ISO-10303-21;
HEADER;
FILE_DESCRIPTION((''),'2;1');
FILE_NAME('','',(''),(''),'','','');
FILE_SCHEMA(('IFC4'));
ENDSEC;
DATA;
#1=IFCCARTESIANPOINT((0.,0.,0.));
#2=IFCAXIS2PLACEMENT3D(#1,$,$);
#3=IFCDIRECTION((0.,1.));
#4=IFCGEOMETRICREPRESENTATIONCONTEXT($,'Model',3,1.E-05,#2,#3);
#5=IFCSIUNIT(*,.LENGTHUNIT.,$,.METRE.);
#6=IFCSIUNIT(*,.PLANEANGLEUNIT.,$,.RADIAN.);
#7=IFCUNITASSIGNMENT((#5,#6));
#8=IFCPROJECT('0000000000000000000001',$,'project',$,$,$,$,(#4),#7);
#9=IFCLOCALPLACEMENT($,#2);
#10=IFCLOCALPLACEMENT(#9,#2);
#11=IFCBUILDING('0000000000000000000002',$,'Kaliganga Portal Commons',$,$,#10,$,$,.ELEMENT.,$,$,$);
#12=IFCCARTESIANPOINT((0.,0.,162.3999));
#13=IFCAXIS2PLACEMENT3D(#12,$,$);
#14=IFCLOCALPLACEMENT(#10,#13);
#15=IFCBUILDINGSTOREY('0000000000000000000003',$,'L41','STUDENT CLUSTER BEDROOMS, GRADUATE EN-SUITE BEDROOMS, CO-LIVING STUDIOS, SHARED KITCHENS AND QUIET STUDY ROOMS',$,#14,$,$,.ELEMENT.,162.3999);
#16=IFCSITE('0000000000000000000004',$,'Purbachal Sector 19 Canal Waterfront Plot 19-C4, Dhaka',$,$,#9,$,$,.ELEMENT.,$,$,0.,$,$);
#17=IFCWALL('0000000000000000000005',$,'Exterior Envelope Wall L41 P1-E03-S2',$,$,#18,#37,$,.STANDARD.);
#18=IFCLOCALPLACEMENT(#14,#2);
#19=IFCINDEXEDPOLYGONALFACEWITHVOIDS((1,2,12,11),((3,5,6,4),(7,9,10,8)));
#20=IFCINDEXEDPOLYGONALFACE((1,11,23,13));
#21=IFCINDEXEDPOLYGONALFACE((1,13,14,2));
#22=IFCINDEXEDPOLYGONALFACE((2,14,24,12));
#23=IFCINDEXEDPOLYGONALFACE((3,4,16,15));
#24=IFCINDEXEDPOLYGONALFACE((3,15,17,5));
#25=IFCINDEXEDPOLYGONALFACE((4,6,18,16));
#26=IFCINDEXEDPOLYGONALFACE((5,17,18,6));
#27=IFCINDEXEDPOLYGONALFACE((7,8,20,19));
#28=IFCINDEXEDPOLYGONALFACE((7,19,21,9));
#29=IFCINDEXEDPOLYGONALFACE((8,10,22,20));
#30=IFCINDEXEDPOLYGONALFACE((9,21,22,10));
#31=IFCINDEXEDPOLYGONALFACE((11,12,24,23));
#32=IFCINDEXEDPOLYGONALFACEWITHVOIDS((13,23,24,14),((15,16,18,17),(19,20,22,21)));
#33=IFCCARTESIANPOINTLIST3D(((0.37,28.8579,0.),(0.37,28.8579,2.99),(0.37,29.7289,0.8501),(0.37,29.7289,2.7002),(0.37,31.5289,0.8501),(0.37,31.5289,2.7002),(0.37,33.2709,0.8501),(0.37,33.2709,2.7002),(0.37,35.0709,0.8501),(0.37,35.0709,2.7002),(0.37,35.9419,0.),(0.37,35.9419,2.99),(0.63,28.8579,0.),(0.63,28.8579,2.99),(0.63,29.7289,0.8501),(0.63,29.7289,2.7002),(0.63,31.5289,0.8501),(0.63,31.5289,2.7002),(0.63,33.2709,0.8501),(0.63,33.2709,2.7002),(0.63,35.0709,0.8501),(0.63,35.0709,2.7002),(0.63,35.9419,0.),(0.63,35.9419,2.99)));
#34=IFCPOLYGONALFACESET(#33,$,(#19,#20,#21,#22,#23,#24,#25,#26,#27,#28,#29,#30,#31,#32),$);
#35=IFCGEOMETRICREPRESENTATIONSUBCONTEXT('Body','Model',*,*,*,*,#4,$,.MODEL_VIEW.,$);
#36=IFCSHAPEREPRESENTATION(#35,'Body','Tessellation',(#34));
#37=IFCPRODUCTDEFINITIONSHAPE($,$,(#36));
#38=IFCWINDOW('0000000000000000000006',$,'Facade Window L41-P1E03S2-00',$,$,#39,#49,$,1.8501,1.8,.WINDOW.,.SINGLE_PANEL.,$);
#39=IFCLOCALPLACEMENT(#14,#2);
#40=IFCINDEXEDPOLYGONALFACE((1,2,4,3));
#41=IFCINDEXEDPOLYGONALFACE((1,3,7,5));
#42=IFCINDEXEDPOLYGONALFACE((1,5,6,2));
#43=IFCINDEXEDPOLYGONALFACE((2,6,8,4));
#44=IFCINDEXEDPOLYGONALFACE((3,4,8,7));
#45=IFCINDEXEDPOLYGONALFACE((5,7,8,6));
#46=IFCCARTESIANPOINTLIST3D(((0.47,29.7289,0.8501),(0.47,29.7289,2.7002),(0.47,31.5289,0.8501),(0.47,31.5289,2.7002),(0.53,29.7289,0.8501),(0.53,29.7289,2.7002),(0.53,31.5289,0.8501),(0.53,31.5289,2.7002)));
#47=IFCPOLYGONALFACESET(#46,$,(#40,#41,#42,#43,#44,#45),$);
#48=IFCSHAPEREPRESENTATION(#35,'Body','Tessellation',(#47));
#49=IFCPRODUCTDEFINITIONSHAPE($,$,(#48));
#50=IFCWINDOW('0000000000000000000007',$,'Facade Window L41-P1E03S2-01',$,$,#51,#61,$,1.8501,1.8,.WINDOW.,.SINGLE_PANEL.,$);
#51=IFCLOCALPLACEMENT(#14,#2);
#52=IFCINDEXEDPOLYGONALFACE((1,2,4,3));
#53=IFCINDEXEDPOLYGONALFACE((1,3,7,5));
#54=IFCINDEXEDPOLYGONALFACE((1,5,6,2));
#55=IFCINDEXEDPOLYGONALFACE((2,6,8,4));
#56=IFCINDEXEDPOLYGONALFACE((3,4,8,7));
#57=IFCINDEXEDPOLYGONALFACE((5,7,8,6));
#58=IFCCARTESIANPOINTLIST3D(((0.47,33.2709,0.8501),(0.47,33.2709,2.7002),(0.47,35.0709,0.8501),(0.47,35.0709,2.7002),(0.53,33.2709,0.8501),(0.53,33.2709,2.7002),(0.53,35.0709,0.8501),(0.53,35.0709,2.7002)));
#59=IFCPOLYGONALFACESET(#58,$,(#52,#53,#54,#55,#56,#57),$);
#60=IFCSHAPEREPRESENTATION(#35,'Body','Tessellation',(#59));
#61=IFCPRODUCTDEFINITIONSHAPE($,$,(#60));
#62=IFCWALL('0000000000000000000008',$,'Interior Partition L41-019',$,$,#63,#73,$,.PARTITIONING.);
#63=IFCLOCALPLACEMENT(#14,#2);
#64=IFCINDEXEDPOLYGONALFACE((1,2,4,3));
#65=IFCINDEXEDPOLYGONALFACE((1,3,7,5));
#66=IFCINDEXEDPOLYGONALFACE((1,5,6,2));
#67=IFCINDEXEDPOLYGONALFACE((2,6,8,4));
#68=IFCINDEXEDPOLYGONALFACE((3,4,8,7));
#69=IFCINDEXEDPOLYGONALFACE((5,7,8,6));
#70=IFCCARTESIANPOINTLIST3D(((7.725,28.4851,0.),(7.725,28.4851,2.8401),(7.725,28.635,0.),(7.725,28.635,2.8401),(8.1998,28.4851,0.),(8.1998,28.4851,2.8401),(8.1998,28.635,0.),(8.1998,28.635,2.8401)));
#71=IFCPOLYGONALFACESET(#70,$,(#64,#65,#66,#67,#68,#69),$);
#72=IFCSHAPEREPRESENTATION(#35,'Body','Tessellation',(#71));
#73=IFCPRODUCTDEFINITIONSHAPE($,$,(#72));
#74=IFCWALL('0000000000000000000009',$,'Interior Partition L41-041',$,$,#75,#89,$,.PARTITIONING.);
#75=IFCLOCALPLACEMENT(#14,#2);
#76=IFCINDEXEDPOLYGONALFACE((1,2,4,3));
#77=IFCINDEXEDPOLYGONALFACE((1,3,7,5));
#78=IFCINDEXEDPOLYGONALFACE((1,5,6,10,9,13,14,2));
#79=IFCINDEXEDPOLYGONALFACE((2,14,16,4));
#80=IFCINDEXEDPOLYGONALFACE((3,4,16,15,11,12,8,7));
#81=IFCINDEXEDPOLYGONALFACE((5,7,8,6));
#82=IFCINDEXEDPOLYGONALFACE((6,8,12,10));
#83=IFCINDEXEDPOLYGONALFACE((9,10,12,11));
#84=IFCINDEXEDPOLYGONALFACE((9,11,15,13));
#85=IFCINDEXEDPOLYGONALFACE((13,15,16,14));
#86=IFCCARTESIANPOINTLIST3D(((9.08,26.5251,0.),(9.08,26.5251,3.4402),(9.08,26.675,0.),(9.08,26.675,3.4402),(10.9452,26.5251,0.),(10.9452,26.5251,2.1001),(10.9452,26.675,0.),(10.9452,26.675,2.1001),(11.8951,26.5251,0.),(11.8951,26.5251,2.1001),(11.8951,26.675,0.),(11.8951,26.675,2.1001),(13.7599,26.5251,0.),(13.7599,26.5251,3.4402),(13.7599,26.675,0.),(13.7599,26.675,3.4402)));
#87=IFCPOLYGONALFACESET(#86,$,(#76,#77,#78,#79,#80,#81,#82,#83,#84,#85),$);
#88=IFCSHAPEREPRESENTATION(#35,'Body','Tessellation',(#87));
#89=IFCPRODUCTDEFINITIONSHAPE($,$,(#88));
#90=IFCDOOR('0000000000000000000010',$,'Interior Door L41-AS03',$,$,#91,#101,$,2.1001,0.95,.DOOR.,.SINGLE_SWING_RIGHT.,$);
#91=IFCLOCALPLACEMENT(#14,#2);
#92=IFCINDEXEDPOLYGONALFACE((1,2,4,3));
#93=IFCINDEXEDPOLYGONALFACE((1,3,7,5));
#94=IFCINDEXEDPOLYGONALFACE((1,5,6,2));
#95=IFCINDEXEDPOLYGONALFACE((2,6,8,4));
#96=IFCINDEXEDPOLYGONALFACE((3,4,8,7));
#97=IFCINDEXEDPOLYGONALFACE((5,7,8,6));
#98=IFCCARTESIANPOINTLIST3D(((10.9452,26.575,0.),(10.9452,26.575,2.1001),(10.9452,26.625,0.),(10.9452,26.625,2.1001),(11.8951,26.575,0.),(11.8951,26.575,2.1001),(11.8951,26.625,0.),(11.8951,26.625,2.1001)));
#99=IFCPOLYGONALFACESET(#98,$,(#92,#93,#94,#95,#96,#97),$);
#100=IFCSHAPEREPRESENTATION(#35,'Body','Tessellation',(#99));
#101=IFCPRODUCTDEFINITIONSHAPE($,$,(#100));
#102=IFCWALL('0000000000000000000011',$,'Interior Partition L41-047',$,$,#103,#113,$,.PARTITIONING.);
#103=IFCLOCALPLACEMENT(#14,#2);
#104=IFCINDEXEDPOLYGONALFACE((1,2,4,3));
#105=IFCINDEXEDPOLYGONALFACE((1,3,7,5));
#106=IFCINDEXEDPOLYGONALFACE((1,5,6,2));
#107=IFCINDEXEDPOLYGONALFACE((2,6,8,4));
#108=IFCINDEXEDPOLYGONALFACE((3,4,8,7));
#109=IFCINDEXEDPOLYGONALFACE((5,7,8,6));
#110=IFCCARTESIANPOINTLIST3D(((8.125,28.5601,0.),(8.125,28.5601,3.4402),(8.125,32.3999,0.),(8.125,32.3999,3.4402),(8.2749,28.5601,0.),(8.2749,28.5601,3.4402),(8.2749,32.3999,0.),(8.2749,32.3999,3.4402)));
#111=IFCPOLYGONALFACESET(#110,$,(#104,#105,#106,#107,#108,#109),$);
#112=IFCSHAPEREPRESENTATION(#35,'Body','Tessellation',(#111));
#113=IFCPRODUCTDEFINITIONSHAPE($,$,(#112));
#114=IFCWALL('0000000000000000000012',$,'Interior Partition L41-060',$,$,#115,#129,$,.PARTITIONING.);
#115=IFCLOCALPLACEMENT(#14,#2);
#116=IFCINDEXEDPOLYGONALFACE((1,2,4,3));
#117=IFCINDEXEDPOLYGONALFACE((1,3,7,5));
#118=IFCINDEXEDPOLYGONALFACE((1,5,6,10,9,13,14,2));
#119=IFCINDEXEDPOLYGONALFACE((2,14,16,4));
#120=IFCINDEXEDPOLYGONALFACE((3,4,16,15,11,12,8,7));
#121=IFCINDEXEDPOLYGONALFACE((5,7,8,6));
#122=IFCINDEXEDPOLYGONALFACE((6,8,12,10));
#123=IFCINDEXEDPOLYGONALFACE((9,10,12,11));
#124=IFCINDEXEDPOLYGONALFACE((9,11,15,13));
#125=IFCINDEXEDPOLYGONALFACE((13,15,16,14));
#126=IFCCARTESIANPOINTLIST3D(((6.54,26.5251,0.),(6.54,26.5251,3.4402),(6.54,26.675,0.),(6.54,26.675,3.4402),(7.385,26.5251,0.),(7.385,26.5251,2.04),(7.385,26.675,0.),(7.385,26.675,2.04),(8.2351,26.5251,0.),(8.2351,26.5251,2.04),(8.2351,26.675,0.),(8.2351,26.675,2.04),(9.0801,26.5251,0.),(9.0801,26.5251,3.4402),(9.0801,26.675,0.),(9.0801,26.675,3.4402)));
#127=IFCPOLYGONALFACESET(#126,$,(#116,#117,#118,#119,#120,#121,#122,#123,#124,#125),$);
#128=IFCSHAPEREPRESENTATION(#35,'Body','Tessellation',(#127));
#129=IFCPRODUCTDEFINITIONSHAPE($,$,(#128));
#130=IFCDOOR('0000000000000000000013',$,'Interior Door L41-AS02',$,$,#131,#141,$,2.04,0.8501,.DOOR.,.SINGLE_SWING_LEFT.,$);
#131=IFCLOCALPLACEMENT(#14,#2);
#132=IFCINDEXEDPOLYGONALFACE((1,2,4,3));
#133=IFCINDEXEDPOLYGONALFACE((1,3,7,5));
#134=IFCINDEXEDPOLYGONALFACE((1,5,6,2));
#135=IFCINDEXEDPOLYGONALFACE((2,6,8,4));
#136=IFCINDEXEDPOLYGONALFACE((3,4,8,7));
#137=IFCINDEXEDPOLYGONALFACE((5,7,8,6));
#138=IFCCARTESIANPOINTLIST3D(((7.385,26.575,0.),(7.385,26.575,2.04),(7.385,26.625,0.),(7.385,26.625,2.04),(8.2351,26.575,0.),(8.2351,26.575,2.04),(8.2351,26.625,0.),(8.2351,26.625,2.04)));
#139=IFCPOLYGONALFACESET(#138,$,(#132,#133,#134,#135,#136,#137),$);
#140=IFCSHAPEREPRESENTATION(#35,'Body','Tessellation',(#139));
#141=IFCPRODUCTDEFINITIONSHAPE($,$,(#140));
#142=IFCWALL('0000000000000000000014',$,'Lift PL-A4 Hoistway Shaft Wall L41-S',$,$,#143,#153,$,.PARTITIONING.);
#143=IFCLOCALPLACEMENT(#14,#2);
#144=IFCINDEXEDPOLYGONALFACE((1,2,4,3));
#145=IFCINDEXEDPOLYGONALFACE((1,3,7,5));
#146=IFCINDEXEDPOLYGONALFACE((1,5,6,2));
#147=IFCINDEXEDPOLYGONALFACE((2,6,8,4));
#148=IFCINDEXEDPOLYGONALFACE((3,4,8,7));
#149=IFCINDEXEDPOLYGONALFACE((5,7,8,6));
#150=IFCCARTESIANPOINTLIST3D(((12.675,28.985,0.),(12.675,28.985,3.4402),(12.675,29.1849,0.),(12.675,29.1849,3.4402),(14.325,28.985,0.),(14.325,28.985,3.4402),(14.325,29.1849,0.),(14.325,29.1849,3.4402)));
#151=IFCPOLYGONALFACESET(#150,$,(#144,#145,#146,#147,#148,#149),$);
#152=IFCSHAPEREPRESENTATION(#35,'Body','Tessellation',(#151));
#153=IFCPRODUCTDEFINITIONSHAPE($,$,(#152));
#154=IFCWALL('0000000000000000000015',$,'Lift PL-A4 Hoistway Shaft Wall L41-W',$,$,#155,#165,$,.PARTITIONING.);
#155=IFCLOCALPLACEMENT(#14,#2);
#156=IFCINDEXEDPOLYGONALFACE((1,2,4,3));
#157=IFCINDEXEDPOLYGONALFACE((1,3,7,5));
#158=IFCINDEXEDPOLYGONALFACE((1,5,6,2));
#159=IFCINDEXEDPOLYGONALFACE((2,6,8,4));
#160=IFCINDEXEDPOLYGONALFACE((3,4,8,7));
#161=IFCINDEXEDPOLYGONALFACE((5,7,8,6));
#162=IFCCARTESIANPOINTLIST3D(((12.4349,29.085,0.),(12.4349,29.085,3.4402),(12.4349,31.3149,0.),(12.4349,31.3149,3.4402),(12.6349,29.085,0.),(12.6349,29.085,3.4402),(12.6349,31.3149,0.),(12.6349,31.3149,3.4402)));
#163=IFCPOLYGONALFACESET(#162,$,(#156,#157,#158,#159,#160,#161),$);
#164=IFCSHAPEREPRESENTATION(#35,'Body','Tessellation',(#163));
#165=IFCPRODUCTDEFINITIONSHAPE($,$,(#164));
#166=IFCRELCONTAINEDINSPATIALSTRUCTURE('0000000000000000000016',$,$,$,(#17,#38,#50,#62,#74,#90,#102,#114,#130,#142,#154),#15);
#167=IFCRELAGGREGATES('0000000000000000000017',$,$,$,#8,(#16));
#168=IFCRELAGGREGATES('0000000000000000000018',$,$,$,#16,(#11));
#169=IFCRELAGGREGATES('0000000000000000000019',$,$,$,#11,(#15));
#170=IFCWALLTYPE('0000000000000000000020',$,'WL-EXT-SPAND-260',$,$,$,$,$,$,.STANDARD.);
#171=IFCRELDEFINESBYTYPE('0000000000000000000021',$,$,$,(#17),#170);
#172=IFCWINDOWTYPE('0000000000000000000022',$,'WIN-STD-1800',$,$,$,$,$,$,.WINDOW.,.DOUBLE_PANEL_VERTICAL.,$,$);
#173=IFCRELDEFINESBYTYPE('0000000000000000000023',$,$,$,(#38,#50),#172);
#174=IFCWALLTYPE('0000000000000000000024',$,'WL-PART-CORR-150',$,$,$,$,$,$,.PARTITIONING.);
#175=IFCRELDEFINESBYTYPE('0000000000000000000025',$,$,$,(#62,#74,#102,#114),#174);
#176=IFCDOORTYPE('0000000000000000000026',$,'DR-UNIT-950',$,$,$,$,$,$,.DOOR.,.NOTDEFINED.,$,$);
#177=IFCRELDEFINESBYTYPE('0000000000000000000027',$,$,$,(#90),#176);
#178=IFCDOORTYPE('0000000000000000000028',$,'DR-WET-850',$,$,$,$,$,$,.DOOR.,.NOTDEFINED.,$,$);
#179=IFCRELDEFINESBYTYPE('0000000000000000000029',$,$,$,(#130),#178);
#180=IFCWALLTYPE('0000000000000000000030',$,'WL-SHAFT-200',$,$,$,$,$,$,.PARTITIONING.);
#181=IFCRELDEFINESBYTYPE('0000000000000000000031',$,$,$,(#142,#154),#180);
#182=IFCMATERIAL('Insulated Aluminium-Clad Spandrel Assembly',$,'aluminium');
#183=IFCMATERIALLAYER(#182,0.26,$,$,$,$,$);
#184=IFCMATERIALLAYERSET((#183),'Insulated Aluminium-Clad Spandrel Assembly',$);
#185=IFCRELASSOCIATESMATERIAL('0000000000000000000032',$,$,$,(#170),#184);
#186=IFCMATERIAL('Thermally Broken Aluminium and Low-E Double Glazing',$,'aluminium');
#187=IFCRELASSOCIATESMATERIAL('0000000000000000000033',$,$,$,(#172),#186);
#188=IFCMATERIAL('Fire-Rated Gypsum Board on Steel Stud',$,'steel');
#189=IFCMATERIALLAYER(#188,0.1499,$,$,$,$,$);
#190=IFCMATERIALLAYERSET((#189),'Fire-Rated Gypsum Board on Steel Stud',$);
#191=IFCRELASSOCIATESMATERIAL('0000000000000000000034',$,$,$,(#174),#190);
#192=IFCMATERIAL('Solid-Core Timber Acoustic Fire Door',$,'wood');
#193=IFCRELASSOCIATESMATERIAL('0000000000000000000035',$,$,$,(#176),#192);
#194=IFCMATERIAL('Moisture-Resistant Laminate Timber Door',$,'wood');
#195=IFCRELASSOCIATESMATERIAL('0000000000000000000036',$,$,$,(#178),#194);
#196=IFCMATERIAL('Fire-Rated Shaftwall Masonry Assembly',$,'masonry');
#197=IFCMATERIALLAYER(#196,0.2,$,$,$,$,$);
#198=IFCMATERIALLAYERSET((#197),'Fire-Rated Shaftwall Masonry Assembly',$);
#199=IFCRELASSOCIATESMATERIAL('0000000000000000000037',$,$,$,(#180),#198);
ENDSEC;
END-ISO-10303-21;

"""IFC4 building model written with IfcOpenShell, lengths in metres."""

from ifc_helpers import new_model, si_unit, direction, frame, frame_2d, origin, place, context, subcontext, project, spatial, rectangle, extrude, material, layer, layer_set, type_object, element, fill, save


model = new_model("IFC4")

# Units and contexts
model_context = context("Model", 3, precision=1e-05, world=origin(), true_north=direction((0.0, 1.0)))
body_context = subcontext(model_context, "Body", "Model", "MODEL_VIEW")
ifc_project = project(units=[si_unit("LENGTHUNIT", "METRE"), si_unit("PLANEANGLEUNIT", "RADIAN")], contexts=[model_context])

# Site, building, storey
site_placement = place(None, origin())
site = spatial("IfcSite", under=ifc_project, at=site_placement, Name="Purbachal Sector 19 Canal Waterfront Plot 19-C4, Dhaka", CompositionType="ELEMENT", RefElevation=0.0)
building_placement = place(site_placement, origin())
building = spatial("IfcBuilding", under=site, at=building_placement, Name="Kaliganga Portal Commons", CompositionType="ELEMENT")
storey_placement = place(building_placement, frame((0.0, 0.0, 162.3999)))
storey = spatial("IfcBuildingStorey", under=building, at=storey_placement, Name="L41", Description="STUDENT CLUSTER BEDROOMS, GRADUATE EN-SUITE BEDROOMS, CO-LIVING STUDIOS, SHARED KITCHENS AND QUIET STUDY ROOMS", CompositionType="ELEMENT", Elevation=162.3999)

# Wall, openings, windows
ifc_material_1 = material(Name="Insulated Aluminium-Clad Spandrel Assembly", Category="aluminium")
ifc_layer_1 = layer(ifc_material_1, 0.26)
ifc_layer_set_1 = layer_set([ifc_layer_1], Name="Insulated Aluminium-Clad Spandrel Assembly")
wall_type_1 = type_object("IfcWallType", Name="WL-EXT-SPAND-260", PredefinedType="STANDARD", material=ifc_layer_set_1)
wall_1_placement = place(storey_placement, frame((0.5, 28.8579, 0.0), z_axis=(0.0, 0.0, 1.0), x_axis=(0.0, 1.0, 0.0)))
wall_1 = element("IfcWall", 1, at=wall_1_placement, inside=storey, type_object=wall_type_1, Name="Exterior Envelope Wall L41 P1-E03-S2", PredefinedType="STANDARD", context=body_context, shape_type="SweptSolid", body=[
    extrude(rectangle(XDim=7.084, YDim=0.26, at=frame_2d((3.542, 0.0))), origin(), (0.0, 0.0, 1.0), 2.99),
])
opening_1_placement = place(wall_1_placement, frame((0.8711, 0.0, 0.8501)))
opening_1 = element("IfcOpeningElement", 2, at=opening_1_placement, cuts=wall_1, PredefinedType="OPENING", context=body_context, shape_type="SweptSolid", body=[
    extrude(rectangle(XDim=1.8, YDim=1.8501, at=frame_2d((0.8999, 0.925))), frame((0.0, 0.1401, 0.0), z_axis=(0.0, -1.0, 0.0), x_axis=(1.0, 0.0, 0.0)), (0.0, 0.0, 1.0), 0.28),
])
opening_2_placement = place(wall_1_placement, frame((4.4131, 0.0, 0.8501)))
opening_2 = element("IfcOpeningElement", 3, at=opening_2_placement, cuts=wall_1, PredefinedType="OPENING", context=body_context, shape_type="SweptSolid", body=[
    extrude(rectangle(XDim=1.8, YDim=1.8501, at=frame_2d((0.8999, 0.925))), frame((0.0, 0.1401, 0.0), z_axis=(0.0, -1.0, 0.0), x_axis=(1.0, 0.0, 0.0)), (0.0, 0.0, 1.0), 0.28),
])
ifc_material_2 = material(Name="Thermally Broken Aluminium and Low-E Double Glazing", Category="aluminium")
window_type = type_object("IfcWindowType", Name="WIN-STD-1800", PartitioningType="DOUBLE_PANEL_VERTICAL", PredefinedType="WINDOW", material=ifc_material_2)
window_1_placement = place(opening_1_placement, origin())
window_1 = element("IfcWindow", 4, at=window_1_placement, inside=storey, type_object=window_type, Name="Facade Window L41-P1E03S2-00", OverallHeight=1.8501, OverallWidth=1.8, PartitioningType="SINGLE_PANEL", PredefinedType="WINDOW", context=body_context, shape_type="SweptSolid", body=[
    extrude(rectangle(XDim=1.8, YDim=1.8501, at=frame_2d((0.8999, 0.925))), frame((0.0, 0.03, 0.0), z_axis=(0.0, -1.0, 0.0), x_axis=(1.0, 0.0, 0.0)), (0.0, 0.0, 1.0), 0.0601),
])
fill(opening_1, window_1)
window_2_placement = place(opening_2_placement, origin())
window_2 = element("IfcWindow", 5, at=window_2_placement, inside=storey, type_object=window_type, Name="Facade Window L41-P1E03S2-01", OverallHeight=1.8501, OverallWidth=1.8, PartitioningType="SINGLE_PANEL", PredefinedType="WINDOW", context=body_context, shape_type="SweptSolid", body=[
    extrude(rectangle(XDim=1.8, YDim=1.8501, at=frame_2d((0.8999, 0.925))), frame((0.0, 0.03, 0.0), z_axis=(0.0, -1.0, 0.0), x_axis=(1.0, 0.0, 0.0)), (0.0, 0.0, 1.0), 0.0601),
])
fill(opening_2, window_2)

# Shared definitions
ifc_material_3 = material(Name="Fire-Rated Gypsum Board on Steel Stud", Category="steel")
ifc_layer_2 = layer(ifc_material_3, 0.1499)
ifc_layer_set_2 = layer_set([ifc_layer_2], Name="Fire-Rated Gypsum Board on Steel Stud")
wall_type_2 = type_object("IfcWallType", Name="WL-PART-CORR-150", PredefinedType="PARTITIONING", material=ifc_layer_set_2)

# Wall
wall_2_placement = place(storey_placement, frame((7.7251, 28.5601, 0.0), z_axis=(0.0, 0.0, 1.0), x_axis=(1.0, 0.0, 0.0)))
element("IfcWall", 6, at=wall_2_placement, inside=storey, type_object=wall_type_2, Name="Interior Partition L41-019", PredefinedType="PARTITIONING", context=body_context, shape_type="SweptSolid", body=[
    extrude(rectangle(XDim=0.4749, YDim=0.1499, at=frame_2d((0.2373, 0.0))), origin(), (0.0, 0.0, 1.0), 2.8401),
])

# Wall, opening, door
wall_3_placement = place(storey_placement, frame((9.0801, 26.6001, 0.0), z_axis=(0.0, 0.0, 1.0), x_axis=(1.0, 0.0, 0.0)))
wall_3 = element("IfcWall", 7, at=wall_3_placement, inside=storey, type_object=wall_type_2, Name="Interior Partition L41-041", PredefinedType="PARTITIONING", context=body_context, shape_type="SweptSolid", body=[
    extrude(rectangle(XDim=4.6799, YDim=0.1499, at=frame_2d((2.3398, 0.0))), origin(), (0.0, 0.0, 1.0), 3.4402),
])
opening_3_placement = place(wall_3_placement, frame((1.865, 0.0, 0.0)))
opening_3 = element("IfcOpeningElement", 8, at=opening_3_placement, cuts=wall_3, PredefinedType="OPENING", context=body_context, shape_type="SweptSolid", body=[
    extrude(rectangle(XDim=0.95, YDim=2.1001, at=frame_2d((0.4751, 1.05))), frame((0.0, 0.085, 0.0), z_axis=(0.0, -1.0, 0.0), x_axis=(1.0, 0.0, 0.0)), (0.0, 0.0, 1.0), 0.1699),
])
ifc_material_4 = material(Name="Solid-Core Timber Acoustic Fire Door", Category="wood")
door_type_1 = type_object("IfcDoorType", Name="DR-UNIT-950", OperationType="NOTDEFINED", PredefinedType="DOOR", material=ifc_material_4)
door_1_placement = place(opening_3_placement, origin())
door_1 = element("IfcDoor", 9, at=door_1_placement, inside=storey, type_object=door_type_1, Name="Interior Door L41-AS03", OperationType="SINGLE_SWING_RIGHT", OverallHeight=2.1001, OverallWidth=0.95, PredefinedType="DOOR", context=body_context, shape_type="SweptSolid", body=[
    extrude(rectangle(XDim=0.95, YDim=2.1001, at=frame_2d((0.4751, 1.05))), frame((0.0, 0.0249, 0.0), z_axis=(0.0, -1.0, 0.0), x_axis=(1.0, 0.0, 0.0)), (0.0, 0.0, 1.0), 0.05),
])
fill(opening_3, door_1)

# Wall
wall_4_placement = place(storey_placement, frame((8.2, 28.5601, 0.0), z_axis=(0.0, 0.0, 1.0), x_axis=(0.0, 1.0, 0.0)))
element("IfcWall", 10, at=wall_4_placement, inside=storey, type_object=wall_type_2, Name="Interior Partition L41-047", PredefinedType="PARTITIONING", context=body_context, shape_type="SweptSolid", body=[
    extrude(rectangle(XDim=3.8398, YDim=0.1499, at=frame_2d((1.9199, 0.0))), origin(), (0.0, 0.0, 1.0), 3.4402),
])

# Wall, opening, door
wall_5_placement = place(storey_placement, frame((6.54, 26.6001, 0.0), z_axis=(0.0, 0.0, 1.0), x_axis=(1.0, 0.0, 0.0)))
wall_5 = element("IfcWall", 11, at=wall_5_placement, inside=storey, type_object=wall_type_2, Name="Interior Partition L41-060", PredefinedType="PARTITIONING", context=body_context, shape_type="SweptSolid", body=[
    extrude(rectangle(XDim=2.54, YDim=0.1499, at=frame_2d((1.27, 0.0))), origin(), (0.0, 0.0, 1.0), 3.4402),
])
opening_4_placement = place(wall_5_placement, frame((0.845, 0.0, 0.0)))
opening_4 = element("IfcOpeningElement", 12, at=opening_4_placement, cuts=wall_5, PredefinedType="OPENING", context=body_context, shape_type="SweptSolid", body=[
    extrude(rectangle(XDim=0.8501, YDim=2.04, at=frame_2d((0.425, 1.02))), frame((0.0, 0.085, 0.0), z_axis=(0.0, -1.0, 0.0), x_axis=(1.0, 0.0, 0.0)), (0.0, 0.0, 1.0), 0.1699),
])
ifc_material_5 = material(Name="Moisture-Resistant Laminate Timber Door", Category="wood")
door_type_2 = type_object("IfcDoorType", Name="DR-WET-850", OperationType="NOTDEFINED", PredefinedType="DOOR", material=ifc_material_5)
door_2_placement = place(opening_4_placement, origin())
door_2 = element("IfcDoor", 13, at=door_2_placement, inside=storey, type_object=door_type_2, Name="Interior Door L41-AS02", OperationType="SINGLE_SWING_LEFT", OverallHeight=2.04, OverallWidth=0.8501, PredefinedType="DOOR", context=body_context, shape_type="SweptSolid", body=[
    extrude(rectangle(XDim=0.8501, YDim=2.04, at=frame_2d((0.425, 1.02))), frame((0.0, 0.0249, 0.0), z_axis=(0.0, -1.0, 0.0), x_axis=(1.0, 0.0, 0.0)), (0.0, 0.0, 1.0), 0.05),
])
fill(opening_4, door_2)

# Walls
ifc_material_6 = material(Name="Fire-Rated Shaftwall Masonry Assembly", Category="masonry")
ifc_layer_3 = layer(ifc_material_6, 0.2)
ifc_layer_set_3 = layer_set([ifc_layer_3], Name="Fire-Rated Shaftwall Masonry Assembly")
wall_type_3 = type_object("IfcWallType", Name="WL-SHAFT-200", PredefinedType="PARTITIONING", material=ifc_layer_set_3)
wall_6_placement = place(storey_placement, frame((12.675, 29.085, 0.0), z_axis=(0.0, 0.0, 1.0), x_axis=(1.0, 0.0, 0.0)))
element("IfcWall", 14, at=wall_6_placement, inside=storey, type_object=wall_type_3, Name="Lift PL-A4 Hoistway Shaft Wall L41-S", PredefinedType="PARTITIONING", context=body_context, shape_type="SweptSolid", body=[
    extrude(rectangle(XDim=1.6499, YDim=0.2, at=frame_2d((0.825, 0.0))), origin(), (0.0, 0.0, 1.0), 3.4402),
])
wall_7_placement = place(storey_placement, frame((12.5349, 29.085, 0.0), z_axis=(0.0, 0.0, 1.0), x_axis=(0.0, 1.0, 0.0)))
element("IfcWall", 15, at=wall_7_placement, inside=storey, type_object=wall_type_3, Name="Lift PL-A4 Hoistway Shaft Wall L41-W", PredefinedType="PARTITIONING", context=body_context, shape_type="SweptSolid", body=[
    extrude(rectangle(XDim=2.23, YDim=0.2, at=frame_2d((1.115, 0.0))), origin(), (0.0, 0.0, 1.0), 3.4402),
])

save(model, "model.ifc")
